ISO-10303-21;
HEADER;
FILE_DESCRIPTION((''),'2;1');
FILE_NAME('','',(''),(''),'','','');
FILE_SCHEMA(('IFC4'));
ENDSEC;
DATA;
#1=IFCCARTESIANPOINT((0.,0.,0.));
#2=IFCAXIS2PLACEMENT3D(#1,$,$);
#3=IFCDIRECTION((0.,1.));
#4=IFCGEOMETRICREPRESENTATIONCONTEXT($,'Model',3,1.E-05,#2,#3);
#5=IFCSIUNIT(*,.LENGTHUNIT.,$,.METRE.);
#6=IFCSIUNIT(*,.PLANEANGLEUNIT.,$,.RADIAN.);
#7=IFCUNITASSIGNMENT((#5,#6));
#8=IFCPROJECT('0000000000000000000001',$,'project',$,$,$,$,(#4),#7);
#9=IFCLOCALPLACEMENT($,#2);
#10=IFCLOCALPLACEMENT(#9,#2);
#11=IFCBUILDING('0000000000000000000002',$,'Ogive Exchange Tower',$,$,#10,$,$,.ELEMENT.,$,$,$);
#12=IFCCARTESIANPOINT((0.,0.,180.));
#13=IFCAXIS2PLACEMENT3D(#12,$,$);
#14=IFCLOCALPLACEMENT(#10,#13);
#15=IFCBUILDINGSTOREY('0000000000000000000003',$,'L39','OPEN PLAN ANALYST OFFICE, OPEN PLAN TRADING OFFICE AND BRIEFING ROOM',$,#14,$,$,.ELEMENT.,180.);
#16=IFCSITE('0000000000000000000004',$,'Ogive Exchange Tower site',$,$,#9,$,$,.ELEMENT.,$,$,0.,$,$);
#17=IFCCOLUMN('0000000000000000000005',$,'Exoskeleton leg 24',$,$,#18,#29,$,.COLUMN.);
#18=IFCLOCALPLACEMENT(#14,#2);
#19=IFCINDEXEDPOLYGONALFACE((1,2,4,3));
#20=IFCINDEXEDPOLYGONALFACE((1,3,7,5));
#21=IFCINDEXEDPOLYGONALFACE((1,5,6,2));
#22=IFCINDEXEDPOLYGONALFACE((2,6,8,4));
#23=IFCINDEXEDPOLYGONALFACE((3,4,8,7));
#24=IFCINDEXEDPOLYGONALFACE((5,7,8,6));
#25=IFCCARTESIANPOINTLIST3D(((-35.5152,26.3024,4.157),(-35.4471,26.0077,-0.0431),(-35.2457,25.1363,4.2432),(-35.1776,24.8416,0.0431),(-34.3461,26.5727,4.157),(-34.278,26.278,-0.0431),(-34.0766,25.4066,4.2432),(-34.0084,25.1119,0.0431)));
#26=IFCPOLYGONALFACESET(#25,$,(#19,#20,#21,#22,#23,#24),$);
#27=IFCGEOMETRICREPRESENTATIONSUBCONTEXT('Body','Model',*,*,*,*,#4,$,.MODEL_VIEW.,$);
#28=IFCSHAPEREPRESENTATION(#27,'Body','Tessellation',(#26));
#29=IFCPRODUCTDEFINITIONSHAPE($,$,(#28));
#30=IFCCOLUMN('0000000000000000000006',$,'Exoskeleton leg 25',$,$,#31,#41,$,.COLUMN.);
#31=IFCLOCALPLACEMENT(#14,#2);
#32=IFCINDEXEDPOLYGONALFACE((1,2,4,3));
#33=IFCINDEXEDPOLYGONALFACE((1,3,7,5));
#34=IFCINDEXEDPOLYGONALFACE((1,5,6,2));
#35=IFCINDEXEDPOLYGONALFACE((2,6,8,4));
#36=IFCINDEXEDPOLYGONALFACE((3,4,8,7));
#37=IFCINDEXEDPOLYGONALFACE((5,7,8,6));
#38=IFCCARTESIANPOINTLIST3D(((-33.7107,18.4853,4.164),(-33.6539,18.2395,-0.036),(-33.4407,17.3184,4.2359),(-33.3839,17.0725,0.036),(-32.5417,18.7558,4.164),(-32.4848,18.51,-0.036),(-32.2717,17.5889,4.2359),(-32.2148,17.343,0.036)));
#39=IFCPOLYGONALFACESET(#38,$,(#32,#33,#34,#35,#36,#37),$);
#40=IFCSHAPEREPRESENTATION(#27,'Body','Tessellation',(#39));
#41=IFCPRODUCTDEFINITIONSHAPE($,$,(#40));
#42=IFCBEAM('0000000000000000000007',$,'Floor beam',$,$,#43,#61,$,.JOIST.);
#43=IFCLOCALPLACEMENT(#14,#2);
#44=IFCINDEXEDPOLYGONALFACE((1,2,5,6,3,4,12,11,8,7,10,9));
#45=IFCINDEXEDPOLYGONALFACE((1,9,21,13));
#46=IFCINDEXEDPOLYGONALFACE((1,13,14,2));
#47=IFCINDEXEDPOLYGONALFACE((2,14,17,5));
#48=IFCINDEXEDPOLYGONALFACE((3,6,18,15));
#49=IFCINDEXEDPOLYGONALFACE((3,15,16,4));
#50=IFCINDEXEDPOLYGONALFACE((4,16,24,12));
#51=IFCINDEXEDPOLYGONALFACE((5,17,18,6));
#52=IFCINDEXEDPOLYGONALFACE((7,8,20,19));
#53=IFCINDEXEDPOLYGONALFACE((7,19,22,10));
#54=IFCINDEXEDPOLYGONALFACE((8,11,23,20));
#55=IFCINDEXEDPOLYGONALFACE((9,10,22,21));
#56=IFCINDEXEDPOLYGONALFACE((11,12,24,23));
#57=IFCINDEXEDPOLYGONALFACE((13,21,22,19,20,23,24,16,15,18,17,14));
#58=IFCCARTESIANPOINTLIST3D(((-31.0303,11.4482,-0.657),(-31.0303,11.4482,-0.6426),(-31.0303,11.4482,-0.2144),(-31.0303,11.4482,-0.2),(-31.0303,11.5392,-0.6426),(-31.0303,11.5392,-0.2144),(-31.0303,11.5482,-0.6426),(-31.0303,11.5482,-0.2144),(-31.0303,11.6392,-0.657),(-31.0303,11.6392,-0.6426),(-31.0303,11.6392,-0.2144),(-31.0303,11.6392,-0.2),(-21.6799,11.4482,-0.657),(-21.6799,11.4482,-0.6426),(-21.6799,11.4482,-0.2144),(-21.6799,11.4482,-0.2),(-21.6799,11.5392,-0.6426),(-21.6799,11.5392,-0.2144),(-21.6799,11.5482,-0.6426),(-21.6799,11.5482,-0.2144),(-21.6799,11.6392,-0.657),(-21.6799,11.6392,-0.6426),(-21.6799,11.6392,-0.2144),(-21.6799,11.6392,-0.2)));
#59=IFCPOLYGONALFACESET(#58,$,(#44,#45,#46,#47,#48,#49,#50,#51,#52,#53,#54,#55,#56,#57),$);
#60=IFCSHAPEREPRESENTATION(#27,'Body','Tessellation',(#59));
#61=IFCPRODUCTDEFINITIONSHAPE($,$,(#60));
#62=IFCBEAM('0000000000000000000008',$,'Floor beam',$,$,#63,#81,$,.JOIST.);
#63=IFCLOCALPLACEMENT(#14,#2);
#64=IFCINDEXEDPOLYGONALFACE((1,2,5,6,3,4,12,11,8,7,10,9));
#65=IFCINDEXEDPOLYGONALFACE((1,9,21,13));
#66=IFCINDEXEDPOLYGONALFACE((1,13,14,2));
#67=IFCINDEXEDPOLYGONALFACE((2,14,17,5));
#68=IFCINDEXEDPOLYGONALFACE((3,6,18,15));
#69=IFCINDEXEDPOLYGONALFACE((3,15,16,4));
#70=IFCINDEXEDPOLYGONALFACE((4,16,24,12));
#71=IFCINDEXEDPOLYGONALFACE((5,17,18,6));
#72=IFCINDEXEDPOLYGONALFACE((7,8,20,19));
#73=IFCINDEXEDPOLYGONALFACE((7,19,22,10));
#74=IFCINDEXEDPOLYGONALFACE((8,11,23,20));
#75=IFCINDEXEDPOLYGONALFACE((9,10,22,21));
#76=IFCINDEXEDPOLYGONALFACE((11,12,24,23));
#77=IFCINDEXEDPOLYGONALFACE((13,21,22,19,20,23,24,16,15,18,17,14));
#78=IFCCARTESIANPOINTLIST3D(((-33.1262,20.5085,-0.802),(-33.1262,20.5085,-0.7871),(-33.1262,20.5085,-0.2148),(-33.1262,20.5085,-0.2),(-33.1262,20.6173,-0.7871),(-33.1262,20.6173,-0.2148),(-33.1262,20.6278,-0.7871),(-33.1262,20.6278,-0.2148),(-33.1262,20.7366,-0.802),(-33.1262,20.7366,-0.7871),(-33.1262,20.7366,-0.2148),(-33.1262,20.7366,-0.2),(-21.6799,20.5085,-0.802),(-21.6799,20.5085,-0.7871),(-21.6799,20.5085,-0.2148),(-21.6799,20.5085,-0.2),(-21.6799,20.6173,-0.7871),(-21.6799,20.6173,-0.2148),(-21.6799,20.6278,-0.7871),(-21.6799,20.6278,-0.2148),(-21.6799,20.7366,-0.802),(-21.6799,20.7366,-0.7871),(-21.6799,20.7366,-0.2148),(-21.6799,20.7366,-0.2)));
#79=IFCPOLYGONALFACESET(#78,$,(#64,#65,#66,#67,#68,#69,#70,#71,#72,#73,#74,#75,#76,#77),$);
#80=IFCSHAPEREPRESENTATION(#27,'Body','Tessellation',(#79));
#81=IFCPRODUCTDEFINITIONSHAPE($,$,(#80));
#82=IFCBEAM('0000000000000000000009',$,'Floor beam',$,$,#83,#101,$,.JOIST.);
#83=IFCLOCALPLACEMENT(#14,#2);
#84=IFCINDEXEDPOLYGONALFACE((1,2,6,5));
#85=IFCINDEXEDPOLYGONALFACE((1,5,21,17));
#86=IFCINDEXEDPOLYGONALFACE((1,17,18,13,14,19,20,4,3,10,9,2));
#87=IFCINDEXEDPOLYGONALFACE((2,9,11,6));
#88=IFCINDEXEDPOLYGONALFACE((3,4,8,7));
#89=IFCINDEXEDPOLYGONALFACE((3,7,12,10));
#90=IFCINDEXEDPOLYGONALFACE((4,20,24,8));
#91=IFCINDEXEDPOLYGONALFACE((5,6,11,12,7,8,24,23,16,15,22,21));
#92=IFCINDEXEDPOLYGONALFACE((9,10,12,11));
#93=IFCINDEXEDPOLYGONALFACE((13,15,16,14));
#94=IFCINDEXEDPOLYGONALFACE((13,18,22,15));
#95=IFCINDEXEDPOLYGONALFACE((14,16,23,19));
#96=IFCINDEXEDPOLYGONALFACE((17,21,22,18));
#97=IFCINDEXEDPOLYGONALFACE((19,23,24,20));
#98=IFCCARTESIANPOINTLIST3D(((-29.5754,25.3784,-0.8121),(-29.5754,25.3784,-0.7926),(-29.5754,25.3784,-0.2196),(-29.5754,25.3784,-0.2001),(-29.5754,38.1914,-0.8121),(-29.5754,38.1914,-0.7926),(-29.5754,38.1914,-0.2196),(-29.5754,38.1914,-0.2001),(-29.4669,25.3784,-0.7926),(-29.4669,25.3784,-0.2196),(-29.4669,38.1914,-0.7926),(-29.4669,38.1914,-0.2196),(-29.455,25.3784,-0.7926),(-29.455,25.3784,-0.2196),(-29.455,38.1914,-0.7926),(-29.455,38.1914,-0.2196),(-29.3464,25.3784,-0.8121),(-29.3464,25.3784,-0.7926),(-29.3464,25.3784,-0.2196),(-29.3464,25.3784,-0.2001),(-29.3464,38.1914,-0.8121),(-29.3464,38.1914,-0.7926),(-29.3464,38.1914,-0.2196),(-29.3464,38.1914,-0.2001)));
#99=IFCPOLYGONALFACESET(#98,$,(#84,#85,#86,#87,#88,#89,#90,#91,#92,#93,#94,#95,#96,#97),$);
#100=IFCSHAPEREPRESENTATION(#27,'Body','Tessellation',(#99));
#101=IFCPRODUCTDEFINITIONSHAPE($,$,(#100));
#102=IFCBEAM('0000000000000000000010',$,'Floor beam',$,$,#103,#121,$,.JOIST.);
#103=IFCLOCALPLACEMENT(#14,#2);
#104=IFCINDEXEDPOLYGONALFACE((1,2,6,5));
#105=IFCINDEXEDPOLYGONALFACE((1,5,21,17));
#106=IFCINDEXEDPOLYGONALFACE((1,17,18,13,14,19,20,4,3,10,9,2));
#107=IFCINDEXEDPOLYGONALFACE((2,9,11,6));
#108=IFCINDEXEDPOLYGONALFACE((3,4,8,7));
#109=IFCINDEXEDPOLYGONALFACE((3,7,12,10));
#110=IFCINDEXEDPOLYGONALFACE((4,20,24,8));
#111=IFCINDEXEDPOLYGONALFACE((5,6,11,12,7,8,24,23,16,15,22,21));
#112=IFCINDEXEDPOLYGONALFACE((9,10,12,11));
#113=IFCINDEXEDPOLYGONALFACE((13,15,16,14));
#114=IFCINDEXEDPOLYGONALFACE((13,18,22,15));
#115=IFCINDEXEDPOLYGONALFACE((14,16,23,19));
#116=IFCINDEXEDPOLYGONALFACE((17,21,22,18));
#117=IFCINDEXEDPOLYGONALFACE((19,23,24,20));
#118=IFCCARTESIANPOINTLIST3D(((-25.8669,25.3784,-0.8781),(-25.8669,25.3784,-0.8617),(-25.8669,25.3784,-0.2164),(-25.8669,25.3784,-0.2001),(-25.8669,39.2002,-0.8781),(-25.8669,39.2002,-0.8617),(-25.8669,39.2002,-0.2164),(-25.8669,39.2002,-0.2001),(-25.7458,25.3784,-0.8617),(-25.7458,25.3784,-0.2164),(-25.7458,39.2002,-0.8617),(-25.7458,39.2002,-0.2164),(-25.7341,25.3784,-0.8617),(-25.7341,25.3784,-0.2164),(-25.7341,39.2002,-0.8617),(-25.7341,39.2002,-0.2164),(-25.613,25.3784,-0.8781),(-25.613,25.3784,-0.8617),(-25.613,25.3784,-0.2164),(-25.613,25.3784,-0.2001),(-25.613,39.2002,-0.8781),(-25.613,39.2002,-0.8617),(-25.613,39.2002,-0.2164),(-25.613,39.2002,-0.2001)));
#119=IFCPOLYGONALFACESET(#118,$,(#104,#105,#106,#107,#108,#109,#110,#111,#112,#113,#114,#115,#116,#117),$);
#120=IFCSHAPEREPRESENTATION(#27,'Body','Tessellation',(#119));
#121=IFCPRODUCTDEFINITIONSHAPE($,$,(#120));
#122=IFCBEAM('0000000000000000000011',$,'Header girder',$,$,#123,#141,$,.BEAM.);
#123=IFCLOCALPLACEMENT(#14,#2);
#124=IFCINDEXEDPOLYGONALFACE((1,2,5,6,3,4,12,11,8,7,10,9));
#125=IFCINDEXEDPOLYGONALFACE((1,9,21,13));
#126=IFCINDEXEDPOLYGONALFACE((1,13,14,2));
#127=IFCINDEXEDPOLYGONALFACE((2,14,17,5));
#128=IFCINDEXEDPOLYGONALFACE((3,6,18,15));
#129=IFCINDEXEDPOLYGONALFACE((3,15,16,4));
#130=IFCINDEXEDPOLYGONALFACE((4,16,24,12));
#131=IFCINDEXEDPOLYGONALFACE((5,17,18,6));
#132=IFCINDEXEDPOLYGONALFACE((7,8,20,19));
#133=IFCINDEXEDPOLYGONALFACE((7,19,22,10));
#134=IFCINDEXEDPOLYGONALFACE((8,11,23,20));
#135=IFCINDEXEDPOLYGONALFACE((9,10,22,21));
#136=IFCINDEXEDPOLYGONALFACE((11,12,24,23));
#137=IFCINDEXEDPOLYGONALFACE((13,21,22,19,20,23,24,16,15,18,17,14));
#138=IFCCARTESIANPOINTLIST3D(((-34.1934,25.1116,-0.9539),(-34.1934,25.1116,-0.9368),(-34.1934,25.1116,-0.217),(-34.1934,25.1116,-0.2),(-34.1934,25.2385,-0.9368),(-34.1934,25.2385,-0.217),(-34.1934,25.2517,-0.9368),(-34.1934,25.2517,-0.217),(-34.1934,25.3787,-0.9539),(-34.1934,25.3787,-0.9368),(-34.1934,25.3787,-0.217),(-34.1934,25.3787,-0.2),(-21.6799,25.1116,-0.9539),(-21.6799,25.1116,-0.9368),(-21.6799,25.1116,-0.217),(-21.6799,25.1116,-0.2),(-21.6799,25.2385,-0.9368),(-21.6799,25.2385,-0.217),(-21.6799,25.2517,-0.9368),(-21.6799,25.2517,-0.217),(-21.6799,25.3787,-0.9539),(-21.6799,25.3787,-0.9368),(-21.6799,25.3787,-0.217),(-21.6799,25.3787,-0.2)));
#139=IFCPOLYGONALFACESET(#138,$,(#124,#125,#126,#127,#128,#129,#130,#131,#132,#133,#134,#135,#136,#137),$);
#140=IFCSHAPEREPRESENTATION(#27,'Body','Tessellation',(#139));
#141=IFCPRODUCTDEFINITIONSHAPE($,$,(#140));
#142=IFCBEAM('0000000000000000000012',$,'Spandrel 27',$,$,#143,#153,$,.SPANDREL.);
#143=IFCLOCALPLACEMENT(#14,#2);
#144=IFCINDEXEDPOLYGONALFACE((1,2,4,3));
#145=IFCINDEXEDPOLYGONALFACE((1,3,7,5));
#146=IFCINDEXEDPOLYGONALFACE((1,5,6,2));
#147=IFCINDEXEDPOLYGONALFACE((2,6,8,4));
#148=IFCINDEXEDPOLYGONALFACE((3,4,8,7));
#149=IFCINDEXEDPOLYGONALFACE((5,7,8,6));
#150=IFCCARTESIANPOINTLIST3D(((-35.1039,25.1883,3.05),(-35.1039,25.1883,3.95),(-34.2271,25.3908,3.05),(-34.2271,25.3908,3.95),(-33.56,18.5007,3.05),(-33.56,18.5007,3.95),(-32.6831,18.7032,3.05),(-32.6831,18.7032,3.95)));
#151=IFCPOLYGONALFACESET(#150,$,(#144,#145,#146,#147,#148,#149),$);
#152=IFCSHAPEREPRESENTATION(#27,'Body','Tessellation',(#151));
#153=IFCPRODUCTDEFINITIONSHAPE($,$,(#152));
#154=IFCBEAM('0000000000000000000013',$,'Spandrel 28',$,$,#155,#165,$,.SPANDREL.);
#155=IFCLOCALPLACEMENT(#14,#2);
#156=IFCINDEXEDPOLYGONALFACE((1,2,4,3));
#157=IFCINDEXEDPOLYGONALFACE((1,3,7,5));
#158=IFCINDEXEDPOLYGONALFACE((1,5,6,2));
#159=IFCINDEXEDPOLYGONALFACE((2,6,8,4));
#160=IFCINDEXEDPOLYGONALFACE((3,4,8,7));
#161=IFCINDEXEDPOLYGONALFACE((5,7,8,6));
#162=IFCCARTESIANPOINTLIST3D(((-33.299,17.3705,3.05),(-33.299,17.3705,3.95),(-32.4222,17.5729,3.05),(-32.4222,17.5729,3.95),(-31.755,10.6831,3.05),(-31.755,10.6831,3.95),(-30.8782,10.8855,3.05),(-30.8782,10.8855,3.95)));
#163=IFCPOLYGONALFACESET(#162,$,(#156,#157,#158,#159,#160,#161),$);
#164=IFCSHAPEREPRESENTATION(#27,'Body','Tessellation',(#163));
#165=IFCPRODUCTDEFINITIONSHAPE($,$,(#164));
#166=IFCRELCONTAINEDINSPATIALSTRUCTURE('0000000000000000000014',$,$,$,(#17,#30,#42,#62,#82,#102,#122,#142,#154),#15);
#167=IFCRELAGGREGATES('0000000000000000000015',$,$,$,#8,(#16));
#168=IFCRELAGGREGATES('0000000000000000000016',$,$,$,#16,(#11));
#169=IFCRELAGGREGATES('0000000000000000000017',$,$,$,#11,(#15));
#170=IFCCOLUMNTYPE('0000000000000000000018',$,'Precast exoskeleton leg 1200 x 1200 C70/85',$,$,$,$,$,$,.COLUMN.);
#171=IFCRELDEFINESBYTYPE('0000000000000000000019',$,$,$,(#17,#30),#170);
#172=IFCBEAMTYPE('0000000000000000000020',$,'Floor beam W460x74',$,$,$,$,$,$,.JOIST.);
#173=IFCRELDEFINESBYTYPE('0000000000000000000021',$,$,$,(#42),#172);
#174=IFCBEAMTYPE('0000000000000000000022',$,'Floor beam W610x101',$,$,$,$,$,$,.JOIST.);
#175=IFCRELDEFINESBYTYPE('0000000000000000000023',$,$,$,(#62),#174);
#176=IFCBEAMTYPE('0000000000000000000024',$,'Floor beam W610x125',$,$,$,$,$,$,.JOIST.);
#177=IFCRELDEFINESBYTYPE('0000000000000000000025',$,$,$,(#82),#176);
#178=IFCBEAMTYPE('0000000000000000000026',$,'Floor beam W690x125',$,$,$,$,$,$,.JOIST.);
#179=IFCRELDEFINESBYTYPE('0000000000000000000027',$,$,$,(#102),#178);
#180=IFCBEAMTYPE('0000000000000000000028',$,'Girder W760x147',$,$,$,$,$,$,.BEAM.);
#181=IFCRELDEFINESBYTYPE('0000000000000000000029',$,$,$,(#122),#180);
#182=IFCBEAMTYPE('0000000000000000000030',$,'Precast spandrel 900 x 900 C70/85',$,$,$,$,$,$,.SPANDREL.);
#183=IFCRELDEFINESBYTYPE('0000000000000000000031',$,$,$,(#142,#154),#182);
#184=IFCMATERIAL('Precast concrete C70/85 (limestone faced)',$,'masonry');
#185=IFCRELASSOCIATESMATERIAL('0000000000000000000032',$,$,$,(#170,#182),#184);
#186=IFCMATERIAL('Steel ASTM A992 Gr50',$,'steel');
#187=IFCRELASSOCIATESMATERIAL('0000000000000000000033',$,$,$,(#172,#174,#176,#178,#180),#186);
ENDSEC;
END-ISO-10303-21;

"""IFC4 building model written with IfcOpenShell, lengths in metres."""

from ifc_helpers import new_model, si_unit, direction, frame, origin, origin_2d, place, context, subcontext, project, spatial, rectangle, i_section, extrude, material, material_profile, profile_set, type_object, element, save


model = new_model("IFC4")

# Units and contexts
model_context = context("Model", 3, precision=1e-05, world=origin(), true_north=direction((0.0, 1.0)))
body_context = subcontext(model_context, "Body", "Model", "MODEL_VIEW")
ifc_project = project(units=[si_unit("LENGTHUNIT", "METRE"), si_unit("PLANEANGLEUNIT", "RADIAN")], contexts=[model_context])

# Site, building, storey
site_placement = place(None, origin())
site = spatial("IfcSite", under=ifc_project, at=site_placement, Name="Ogive Exchange Tower site", CompositionType="ELEMENT", RefElevation=0.0)
building_placement = place(site_placement, origin())
building = spatial("IfcBuilding", under=site, at=building_placement, Name="Ogive Exchange Tower", CompositionType="ELEMENT")
storey_placement = place(building_placement, frame((0.0, 0.0, 180.0)))
storey = spatial("IfcBuildingStorey", under=building, at=storey_placement, Name="L39", Description="OPEN PLAN ANALYST OFFICE, OPEN PLAN TRADING OFFICE AND BRIEFING ROOM", CompositionType="ELEMENT", Elevation=180.0)

# Columns
ifc_material_1 = material(Name="Precast concrete C70/85 (limestone faced)", Category="masonry")
ifc_material_profile_1 = material_profile(ifc_material_1, rectangle(XDim=1.2, YDim=1.2, at=origin_2d()), Name="1200 x 1200")
ifc_profile_set_1 = profile_set([ifc_material_profile_1], Name="Precast concrete C70/85 (limestone faced)")
column_type = type_object("IfcColumnType", Name="Precast exoskeleton leg 1200 x 1200 C70/85", PredefinedType="COLUMN", material=ifc_profile_set_1)
column_1_placement = place(storey_placement, frame((-34.7278, 25.5598, 0.0), z_axis=(-0.016176, 0.069981, 0.997417), x_axis=(-0.97431, -0.225213, 0.0)))
element("IfcColumn", 1, at=column_1_placement, inside=storey, type_object=column_type, Name="Exoskeleton leg 24", PredefinedType="COLUMN", context=body_context, shape_type="SweptSolid", body=[
    extrude(rectangle(XDim=1.2, YDim=1.2, at=origin_2d()), origin(), (0.0, 0.0, 1.0), 4.2109),
])
column_2_placement = place(storey_placement, frame((-32.9343, 17.7913, 0.0), z_axis=(-0.01352, 0.058431, 0.9982), x_axis=(-0.974261, -0.225425, 0.0)))
element("IfcColumn", 2, at=column_2_placement, inside=storey, type_object=column_type, Name="Exoskeleton leg 25", PredefinedType="COLUMN", context=body_context, shape_type="SweptSolid", body=[
    extrude(rectangle(XDim=1.2, YDim=1.2, at=origin_2d()), origin(), (0.0, 0.0, 1.0), 4.2075),
])

# Beams
ifc_material_2 = material(Name="Steel ASTM A992 Gr50", Category="steel")
ifc_material_profile_2 = material_profile(ifc_material_2, i_section(OverallWidth=0.1909, OverallDepth=0.457, WebThickness=0.009, FlangeThickness=0.0144, at=origin_2d()), Name="W460x74")
ifc_profile_set_2 = profile_set([ifc_material_profile_2], Name="Steel ASTM A992 Gr50")
beam_type_1 = type_object("IfcBeamType", Name="Floor beam W460x74", PredefinedType="JOIST", material=ifc_profile_set_2)
beam_1_placement = place(storey_placement, frame((-31.0303, 11.5437, -0.4285), z_axis=(1.0, 0.0, 0.0), x_axis=(0.0, 1.0, 0.0)))
element("IfcBeam", 3, at=beam_1_placement, inside=storey, type_object=beam_type_1, Name="Floor beam", PredefinedType="JOIST", context=body_context, shape_type="SweptSolid", body=[
    extrude(i_section(OverallWidth=0.1909, OverallDepth=0.457, WebThickness=0.009, FlangeThickness=0.0144, at=origin_2d()), origin(), (0.0, 0.0, 1.0), 9.3503),
])
ifc_material_profile_3 = material_profile(ifc_material_2, i_section(OverallWidth=0.228, OverallDepth=0.6021, WebThickness=0.0105, FlangeThickness=0.0149, at=origin_2d()), Name="W610x101")
ifc_profile_set_3 = profile_set([ifc_material_profile_3], Name="Steel ASTM A992 Gr50")
beam_type_2 = type_object("IfcBeamType", Name="Floor beam W610x101", PredefinedType="JOIST", material=ifc_profile_set_3)
beam_2_placement = place(storey_placement, frame((-33.1262, 20.6226, -0.501), z_axis=(1.0, 0.0, 0.0), x_axis=(0.0, 1.0, 0.0)))
element("IfcBeam", 4, at=beam_2_placement, inside=storey, type_object=beam_type_2, Name="Floor beam", PredefinedType="JOIST", context=body_context, shape_type="SweptSolid", body=[
    extrude(i_section(OverallWidth=0.228, OverallDepth=0.6021, WebThickness=0.0105, FlangeThickness=0.0149, at=origin_2d()), origin(), (0.0, 0.0, 1.0), 11.4463),
])
ifc_material_profile_4 = material_profile(ifc_material_2, i_section(OverallWidth=0.229, OverallDepth=0.6121, WebThickness=0.012, FlangeThickness=0.0195, at=origin_2d()), Name="W610x125")
ifc_profile_set_4 = profile_set([ifc_material_profile_4], Name="Steel ASTM A992 Gr50")
beam_type_3 = type_object("IfcBeamType", Name="Floor beam W610x125", PredefinedType="JOIST", material=ifc_profile_set_4)
beam_3_placement = place(storey_placement, frame((-29.4609, 25.3784, -0.5061), z_axis=(0.0, 1.0, 0.0), x_axis=(-1.0, 0.0, 0.0)))
element("IfcBeam", 5, at=beam_3_placement, inside=storey, type_object=beam_type_3, Name="Floor beam", PredefinedType="JOIST", context=body_context, shape_type="SweptSolid", body=[
    extrude(i_section(OverallWidth=0.229, OverallDepth=0.6121, WebThickness=0.012, FlangeThickness=0.0195, at=origin_2d()), origin(), (0.0, 0.0, 1.0), 12.813),
])
ifc_material_profile_5 = material_profile(ifc_material_2, i_section(OverallWidth=0.2539, OverallDepth=0.678, WebThickness=0.0117, FlangeThickness=0.0164, at=origin_2d()), Name="W690x125")
ifc_profile_set_5 = profile_set([ifc_material_profile_5], Name="Steel ASTM A992 Gr50")
beam_type_4 = type_object("IfcBeamType", Name="Floor beam W690x125", PredefinedType="JOIST", material=ifc_profile_set_5)
beam_4_placement = place(storey_placement, frame((-25.74, 25.3784, -0.5391), z_axis=(0.0, 1.0, 0.0), x_axis=(-1.0, 0.0, 0.0)))
element("IfcBeam", 6, at=beam_4_placement, inside=storey, type_object=beam_type_4, Name="Floor beam", PredefinedType="JOIST", context=body_context, shape_type="SweptSolid", body=[
    extrude(i_section(OverallWidth=0.2539, OverallDepth=0.678, WebThickness=0.0117, FlangeThickness=0.0164, at=origin_2d()), origin(), (0.0, 0.0, 1.0), 13.8218),
])
ifc_material_profile_6 = material_profile(ifc_material_2, i_section(OverallWidth=0.2671, OverallDepth=0.7539, WebThickness=0.0132, FlangeThickness=0.0171, at=origin_2d()), Name="W760x147")
ifc_profile_set_6 = profile_set([ifc_material_profile_6], Name="Steel ASTM A992 Gr50")
beam_type_5 = type_object("IfcBeamType", Name="Girder W760x147", PredefinedType="BEAM", material=ifc_profile_set_6)
beam_5_placement = place(storey_placement, frame((-34.1934, 25.2451, -0.5769), z_axis=(1.0, 0.0, 0.0), x_axis=(0.0, 1.0, 0.0)))
element("IfcBeam", 7, at=beam_5_placement, inside=storey, type_object=beam_type_5, Name="Header girder", PredefinedType="BEAM", context=body_context, shape_type="SweptSolid", body=[
    extrude(i_section(OverallWidth=0.2671, OverallDepth=0.7539, WebThickness=0.0132, FlangeThickness=0.0171, at=origin_2d()), origin(), (0.0, 0.0, 1.0), 12.5134),
])
ifc_material_profile_7 = material_profile(ifc_material_1, rectangle(XDim=0.8999, YDim=0.8999, at=origin_2d()), Name="900 x 900")
ifc_profile_set_7 = profile_set([ifc_material_profile_7], Name="Precast concrete C70/85 (limestone faced)")
beam_type_6 = type_object("IfcBeamType", Name="Precast spandrel 900 x 900 C70/85", PredefinedType="SPANDREL", material=ifc_profile_set_7)
beam_6_placement = place(storey_placement, frame((-34.6655, 25.2896, 3.5), z_axis=(0.224953, -0.97437, 0.0), x_axis=(0.97437, 0.224953, 0.0)))
element("IfcBeam", 8, at=beam_6_placement, inside=storey, type_object=beam_type_6, Name="Spandrel 27", PredefinedType="SPANDREL", context=body_context, shape_type="SweptSolid", body=[
    extrude(rectangle(XDim=0.8999, YDim=0.8999, at=origin_2d()), origin(), (0.0, 0.0, 1.0), 6.8635),
])
beam_7_placement = place(storey_placement, frame((-32.8606, 17.4717, 3.5), z_axis=(0.224961, -0.974368, 0.0), x_axis=(0.974368, 0.224961, 0.0)))
element("IfcBeam", 9, at=beam_7_placement, inside=storey, type_object=beam_type_6, Name="Spandrel 28", PredefinedType="SPANDREL", context=body_context, shape_type="SweptSolid", body=[
    extrude(rectangle(XDim=0.8999, YDim=0.8999, at=origin_2d()), origin(), (0.0, 0.0, 1.0), 6.8633),
])

save(model, "model.ifc")
